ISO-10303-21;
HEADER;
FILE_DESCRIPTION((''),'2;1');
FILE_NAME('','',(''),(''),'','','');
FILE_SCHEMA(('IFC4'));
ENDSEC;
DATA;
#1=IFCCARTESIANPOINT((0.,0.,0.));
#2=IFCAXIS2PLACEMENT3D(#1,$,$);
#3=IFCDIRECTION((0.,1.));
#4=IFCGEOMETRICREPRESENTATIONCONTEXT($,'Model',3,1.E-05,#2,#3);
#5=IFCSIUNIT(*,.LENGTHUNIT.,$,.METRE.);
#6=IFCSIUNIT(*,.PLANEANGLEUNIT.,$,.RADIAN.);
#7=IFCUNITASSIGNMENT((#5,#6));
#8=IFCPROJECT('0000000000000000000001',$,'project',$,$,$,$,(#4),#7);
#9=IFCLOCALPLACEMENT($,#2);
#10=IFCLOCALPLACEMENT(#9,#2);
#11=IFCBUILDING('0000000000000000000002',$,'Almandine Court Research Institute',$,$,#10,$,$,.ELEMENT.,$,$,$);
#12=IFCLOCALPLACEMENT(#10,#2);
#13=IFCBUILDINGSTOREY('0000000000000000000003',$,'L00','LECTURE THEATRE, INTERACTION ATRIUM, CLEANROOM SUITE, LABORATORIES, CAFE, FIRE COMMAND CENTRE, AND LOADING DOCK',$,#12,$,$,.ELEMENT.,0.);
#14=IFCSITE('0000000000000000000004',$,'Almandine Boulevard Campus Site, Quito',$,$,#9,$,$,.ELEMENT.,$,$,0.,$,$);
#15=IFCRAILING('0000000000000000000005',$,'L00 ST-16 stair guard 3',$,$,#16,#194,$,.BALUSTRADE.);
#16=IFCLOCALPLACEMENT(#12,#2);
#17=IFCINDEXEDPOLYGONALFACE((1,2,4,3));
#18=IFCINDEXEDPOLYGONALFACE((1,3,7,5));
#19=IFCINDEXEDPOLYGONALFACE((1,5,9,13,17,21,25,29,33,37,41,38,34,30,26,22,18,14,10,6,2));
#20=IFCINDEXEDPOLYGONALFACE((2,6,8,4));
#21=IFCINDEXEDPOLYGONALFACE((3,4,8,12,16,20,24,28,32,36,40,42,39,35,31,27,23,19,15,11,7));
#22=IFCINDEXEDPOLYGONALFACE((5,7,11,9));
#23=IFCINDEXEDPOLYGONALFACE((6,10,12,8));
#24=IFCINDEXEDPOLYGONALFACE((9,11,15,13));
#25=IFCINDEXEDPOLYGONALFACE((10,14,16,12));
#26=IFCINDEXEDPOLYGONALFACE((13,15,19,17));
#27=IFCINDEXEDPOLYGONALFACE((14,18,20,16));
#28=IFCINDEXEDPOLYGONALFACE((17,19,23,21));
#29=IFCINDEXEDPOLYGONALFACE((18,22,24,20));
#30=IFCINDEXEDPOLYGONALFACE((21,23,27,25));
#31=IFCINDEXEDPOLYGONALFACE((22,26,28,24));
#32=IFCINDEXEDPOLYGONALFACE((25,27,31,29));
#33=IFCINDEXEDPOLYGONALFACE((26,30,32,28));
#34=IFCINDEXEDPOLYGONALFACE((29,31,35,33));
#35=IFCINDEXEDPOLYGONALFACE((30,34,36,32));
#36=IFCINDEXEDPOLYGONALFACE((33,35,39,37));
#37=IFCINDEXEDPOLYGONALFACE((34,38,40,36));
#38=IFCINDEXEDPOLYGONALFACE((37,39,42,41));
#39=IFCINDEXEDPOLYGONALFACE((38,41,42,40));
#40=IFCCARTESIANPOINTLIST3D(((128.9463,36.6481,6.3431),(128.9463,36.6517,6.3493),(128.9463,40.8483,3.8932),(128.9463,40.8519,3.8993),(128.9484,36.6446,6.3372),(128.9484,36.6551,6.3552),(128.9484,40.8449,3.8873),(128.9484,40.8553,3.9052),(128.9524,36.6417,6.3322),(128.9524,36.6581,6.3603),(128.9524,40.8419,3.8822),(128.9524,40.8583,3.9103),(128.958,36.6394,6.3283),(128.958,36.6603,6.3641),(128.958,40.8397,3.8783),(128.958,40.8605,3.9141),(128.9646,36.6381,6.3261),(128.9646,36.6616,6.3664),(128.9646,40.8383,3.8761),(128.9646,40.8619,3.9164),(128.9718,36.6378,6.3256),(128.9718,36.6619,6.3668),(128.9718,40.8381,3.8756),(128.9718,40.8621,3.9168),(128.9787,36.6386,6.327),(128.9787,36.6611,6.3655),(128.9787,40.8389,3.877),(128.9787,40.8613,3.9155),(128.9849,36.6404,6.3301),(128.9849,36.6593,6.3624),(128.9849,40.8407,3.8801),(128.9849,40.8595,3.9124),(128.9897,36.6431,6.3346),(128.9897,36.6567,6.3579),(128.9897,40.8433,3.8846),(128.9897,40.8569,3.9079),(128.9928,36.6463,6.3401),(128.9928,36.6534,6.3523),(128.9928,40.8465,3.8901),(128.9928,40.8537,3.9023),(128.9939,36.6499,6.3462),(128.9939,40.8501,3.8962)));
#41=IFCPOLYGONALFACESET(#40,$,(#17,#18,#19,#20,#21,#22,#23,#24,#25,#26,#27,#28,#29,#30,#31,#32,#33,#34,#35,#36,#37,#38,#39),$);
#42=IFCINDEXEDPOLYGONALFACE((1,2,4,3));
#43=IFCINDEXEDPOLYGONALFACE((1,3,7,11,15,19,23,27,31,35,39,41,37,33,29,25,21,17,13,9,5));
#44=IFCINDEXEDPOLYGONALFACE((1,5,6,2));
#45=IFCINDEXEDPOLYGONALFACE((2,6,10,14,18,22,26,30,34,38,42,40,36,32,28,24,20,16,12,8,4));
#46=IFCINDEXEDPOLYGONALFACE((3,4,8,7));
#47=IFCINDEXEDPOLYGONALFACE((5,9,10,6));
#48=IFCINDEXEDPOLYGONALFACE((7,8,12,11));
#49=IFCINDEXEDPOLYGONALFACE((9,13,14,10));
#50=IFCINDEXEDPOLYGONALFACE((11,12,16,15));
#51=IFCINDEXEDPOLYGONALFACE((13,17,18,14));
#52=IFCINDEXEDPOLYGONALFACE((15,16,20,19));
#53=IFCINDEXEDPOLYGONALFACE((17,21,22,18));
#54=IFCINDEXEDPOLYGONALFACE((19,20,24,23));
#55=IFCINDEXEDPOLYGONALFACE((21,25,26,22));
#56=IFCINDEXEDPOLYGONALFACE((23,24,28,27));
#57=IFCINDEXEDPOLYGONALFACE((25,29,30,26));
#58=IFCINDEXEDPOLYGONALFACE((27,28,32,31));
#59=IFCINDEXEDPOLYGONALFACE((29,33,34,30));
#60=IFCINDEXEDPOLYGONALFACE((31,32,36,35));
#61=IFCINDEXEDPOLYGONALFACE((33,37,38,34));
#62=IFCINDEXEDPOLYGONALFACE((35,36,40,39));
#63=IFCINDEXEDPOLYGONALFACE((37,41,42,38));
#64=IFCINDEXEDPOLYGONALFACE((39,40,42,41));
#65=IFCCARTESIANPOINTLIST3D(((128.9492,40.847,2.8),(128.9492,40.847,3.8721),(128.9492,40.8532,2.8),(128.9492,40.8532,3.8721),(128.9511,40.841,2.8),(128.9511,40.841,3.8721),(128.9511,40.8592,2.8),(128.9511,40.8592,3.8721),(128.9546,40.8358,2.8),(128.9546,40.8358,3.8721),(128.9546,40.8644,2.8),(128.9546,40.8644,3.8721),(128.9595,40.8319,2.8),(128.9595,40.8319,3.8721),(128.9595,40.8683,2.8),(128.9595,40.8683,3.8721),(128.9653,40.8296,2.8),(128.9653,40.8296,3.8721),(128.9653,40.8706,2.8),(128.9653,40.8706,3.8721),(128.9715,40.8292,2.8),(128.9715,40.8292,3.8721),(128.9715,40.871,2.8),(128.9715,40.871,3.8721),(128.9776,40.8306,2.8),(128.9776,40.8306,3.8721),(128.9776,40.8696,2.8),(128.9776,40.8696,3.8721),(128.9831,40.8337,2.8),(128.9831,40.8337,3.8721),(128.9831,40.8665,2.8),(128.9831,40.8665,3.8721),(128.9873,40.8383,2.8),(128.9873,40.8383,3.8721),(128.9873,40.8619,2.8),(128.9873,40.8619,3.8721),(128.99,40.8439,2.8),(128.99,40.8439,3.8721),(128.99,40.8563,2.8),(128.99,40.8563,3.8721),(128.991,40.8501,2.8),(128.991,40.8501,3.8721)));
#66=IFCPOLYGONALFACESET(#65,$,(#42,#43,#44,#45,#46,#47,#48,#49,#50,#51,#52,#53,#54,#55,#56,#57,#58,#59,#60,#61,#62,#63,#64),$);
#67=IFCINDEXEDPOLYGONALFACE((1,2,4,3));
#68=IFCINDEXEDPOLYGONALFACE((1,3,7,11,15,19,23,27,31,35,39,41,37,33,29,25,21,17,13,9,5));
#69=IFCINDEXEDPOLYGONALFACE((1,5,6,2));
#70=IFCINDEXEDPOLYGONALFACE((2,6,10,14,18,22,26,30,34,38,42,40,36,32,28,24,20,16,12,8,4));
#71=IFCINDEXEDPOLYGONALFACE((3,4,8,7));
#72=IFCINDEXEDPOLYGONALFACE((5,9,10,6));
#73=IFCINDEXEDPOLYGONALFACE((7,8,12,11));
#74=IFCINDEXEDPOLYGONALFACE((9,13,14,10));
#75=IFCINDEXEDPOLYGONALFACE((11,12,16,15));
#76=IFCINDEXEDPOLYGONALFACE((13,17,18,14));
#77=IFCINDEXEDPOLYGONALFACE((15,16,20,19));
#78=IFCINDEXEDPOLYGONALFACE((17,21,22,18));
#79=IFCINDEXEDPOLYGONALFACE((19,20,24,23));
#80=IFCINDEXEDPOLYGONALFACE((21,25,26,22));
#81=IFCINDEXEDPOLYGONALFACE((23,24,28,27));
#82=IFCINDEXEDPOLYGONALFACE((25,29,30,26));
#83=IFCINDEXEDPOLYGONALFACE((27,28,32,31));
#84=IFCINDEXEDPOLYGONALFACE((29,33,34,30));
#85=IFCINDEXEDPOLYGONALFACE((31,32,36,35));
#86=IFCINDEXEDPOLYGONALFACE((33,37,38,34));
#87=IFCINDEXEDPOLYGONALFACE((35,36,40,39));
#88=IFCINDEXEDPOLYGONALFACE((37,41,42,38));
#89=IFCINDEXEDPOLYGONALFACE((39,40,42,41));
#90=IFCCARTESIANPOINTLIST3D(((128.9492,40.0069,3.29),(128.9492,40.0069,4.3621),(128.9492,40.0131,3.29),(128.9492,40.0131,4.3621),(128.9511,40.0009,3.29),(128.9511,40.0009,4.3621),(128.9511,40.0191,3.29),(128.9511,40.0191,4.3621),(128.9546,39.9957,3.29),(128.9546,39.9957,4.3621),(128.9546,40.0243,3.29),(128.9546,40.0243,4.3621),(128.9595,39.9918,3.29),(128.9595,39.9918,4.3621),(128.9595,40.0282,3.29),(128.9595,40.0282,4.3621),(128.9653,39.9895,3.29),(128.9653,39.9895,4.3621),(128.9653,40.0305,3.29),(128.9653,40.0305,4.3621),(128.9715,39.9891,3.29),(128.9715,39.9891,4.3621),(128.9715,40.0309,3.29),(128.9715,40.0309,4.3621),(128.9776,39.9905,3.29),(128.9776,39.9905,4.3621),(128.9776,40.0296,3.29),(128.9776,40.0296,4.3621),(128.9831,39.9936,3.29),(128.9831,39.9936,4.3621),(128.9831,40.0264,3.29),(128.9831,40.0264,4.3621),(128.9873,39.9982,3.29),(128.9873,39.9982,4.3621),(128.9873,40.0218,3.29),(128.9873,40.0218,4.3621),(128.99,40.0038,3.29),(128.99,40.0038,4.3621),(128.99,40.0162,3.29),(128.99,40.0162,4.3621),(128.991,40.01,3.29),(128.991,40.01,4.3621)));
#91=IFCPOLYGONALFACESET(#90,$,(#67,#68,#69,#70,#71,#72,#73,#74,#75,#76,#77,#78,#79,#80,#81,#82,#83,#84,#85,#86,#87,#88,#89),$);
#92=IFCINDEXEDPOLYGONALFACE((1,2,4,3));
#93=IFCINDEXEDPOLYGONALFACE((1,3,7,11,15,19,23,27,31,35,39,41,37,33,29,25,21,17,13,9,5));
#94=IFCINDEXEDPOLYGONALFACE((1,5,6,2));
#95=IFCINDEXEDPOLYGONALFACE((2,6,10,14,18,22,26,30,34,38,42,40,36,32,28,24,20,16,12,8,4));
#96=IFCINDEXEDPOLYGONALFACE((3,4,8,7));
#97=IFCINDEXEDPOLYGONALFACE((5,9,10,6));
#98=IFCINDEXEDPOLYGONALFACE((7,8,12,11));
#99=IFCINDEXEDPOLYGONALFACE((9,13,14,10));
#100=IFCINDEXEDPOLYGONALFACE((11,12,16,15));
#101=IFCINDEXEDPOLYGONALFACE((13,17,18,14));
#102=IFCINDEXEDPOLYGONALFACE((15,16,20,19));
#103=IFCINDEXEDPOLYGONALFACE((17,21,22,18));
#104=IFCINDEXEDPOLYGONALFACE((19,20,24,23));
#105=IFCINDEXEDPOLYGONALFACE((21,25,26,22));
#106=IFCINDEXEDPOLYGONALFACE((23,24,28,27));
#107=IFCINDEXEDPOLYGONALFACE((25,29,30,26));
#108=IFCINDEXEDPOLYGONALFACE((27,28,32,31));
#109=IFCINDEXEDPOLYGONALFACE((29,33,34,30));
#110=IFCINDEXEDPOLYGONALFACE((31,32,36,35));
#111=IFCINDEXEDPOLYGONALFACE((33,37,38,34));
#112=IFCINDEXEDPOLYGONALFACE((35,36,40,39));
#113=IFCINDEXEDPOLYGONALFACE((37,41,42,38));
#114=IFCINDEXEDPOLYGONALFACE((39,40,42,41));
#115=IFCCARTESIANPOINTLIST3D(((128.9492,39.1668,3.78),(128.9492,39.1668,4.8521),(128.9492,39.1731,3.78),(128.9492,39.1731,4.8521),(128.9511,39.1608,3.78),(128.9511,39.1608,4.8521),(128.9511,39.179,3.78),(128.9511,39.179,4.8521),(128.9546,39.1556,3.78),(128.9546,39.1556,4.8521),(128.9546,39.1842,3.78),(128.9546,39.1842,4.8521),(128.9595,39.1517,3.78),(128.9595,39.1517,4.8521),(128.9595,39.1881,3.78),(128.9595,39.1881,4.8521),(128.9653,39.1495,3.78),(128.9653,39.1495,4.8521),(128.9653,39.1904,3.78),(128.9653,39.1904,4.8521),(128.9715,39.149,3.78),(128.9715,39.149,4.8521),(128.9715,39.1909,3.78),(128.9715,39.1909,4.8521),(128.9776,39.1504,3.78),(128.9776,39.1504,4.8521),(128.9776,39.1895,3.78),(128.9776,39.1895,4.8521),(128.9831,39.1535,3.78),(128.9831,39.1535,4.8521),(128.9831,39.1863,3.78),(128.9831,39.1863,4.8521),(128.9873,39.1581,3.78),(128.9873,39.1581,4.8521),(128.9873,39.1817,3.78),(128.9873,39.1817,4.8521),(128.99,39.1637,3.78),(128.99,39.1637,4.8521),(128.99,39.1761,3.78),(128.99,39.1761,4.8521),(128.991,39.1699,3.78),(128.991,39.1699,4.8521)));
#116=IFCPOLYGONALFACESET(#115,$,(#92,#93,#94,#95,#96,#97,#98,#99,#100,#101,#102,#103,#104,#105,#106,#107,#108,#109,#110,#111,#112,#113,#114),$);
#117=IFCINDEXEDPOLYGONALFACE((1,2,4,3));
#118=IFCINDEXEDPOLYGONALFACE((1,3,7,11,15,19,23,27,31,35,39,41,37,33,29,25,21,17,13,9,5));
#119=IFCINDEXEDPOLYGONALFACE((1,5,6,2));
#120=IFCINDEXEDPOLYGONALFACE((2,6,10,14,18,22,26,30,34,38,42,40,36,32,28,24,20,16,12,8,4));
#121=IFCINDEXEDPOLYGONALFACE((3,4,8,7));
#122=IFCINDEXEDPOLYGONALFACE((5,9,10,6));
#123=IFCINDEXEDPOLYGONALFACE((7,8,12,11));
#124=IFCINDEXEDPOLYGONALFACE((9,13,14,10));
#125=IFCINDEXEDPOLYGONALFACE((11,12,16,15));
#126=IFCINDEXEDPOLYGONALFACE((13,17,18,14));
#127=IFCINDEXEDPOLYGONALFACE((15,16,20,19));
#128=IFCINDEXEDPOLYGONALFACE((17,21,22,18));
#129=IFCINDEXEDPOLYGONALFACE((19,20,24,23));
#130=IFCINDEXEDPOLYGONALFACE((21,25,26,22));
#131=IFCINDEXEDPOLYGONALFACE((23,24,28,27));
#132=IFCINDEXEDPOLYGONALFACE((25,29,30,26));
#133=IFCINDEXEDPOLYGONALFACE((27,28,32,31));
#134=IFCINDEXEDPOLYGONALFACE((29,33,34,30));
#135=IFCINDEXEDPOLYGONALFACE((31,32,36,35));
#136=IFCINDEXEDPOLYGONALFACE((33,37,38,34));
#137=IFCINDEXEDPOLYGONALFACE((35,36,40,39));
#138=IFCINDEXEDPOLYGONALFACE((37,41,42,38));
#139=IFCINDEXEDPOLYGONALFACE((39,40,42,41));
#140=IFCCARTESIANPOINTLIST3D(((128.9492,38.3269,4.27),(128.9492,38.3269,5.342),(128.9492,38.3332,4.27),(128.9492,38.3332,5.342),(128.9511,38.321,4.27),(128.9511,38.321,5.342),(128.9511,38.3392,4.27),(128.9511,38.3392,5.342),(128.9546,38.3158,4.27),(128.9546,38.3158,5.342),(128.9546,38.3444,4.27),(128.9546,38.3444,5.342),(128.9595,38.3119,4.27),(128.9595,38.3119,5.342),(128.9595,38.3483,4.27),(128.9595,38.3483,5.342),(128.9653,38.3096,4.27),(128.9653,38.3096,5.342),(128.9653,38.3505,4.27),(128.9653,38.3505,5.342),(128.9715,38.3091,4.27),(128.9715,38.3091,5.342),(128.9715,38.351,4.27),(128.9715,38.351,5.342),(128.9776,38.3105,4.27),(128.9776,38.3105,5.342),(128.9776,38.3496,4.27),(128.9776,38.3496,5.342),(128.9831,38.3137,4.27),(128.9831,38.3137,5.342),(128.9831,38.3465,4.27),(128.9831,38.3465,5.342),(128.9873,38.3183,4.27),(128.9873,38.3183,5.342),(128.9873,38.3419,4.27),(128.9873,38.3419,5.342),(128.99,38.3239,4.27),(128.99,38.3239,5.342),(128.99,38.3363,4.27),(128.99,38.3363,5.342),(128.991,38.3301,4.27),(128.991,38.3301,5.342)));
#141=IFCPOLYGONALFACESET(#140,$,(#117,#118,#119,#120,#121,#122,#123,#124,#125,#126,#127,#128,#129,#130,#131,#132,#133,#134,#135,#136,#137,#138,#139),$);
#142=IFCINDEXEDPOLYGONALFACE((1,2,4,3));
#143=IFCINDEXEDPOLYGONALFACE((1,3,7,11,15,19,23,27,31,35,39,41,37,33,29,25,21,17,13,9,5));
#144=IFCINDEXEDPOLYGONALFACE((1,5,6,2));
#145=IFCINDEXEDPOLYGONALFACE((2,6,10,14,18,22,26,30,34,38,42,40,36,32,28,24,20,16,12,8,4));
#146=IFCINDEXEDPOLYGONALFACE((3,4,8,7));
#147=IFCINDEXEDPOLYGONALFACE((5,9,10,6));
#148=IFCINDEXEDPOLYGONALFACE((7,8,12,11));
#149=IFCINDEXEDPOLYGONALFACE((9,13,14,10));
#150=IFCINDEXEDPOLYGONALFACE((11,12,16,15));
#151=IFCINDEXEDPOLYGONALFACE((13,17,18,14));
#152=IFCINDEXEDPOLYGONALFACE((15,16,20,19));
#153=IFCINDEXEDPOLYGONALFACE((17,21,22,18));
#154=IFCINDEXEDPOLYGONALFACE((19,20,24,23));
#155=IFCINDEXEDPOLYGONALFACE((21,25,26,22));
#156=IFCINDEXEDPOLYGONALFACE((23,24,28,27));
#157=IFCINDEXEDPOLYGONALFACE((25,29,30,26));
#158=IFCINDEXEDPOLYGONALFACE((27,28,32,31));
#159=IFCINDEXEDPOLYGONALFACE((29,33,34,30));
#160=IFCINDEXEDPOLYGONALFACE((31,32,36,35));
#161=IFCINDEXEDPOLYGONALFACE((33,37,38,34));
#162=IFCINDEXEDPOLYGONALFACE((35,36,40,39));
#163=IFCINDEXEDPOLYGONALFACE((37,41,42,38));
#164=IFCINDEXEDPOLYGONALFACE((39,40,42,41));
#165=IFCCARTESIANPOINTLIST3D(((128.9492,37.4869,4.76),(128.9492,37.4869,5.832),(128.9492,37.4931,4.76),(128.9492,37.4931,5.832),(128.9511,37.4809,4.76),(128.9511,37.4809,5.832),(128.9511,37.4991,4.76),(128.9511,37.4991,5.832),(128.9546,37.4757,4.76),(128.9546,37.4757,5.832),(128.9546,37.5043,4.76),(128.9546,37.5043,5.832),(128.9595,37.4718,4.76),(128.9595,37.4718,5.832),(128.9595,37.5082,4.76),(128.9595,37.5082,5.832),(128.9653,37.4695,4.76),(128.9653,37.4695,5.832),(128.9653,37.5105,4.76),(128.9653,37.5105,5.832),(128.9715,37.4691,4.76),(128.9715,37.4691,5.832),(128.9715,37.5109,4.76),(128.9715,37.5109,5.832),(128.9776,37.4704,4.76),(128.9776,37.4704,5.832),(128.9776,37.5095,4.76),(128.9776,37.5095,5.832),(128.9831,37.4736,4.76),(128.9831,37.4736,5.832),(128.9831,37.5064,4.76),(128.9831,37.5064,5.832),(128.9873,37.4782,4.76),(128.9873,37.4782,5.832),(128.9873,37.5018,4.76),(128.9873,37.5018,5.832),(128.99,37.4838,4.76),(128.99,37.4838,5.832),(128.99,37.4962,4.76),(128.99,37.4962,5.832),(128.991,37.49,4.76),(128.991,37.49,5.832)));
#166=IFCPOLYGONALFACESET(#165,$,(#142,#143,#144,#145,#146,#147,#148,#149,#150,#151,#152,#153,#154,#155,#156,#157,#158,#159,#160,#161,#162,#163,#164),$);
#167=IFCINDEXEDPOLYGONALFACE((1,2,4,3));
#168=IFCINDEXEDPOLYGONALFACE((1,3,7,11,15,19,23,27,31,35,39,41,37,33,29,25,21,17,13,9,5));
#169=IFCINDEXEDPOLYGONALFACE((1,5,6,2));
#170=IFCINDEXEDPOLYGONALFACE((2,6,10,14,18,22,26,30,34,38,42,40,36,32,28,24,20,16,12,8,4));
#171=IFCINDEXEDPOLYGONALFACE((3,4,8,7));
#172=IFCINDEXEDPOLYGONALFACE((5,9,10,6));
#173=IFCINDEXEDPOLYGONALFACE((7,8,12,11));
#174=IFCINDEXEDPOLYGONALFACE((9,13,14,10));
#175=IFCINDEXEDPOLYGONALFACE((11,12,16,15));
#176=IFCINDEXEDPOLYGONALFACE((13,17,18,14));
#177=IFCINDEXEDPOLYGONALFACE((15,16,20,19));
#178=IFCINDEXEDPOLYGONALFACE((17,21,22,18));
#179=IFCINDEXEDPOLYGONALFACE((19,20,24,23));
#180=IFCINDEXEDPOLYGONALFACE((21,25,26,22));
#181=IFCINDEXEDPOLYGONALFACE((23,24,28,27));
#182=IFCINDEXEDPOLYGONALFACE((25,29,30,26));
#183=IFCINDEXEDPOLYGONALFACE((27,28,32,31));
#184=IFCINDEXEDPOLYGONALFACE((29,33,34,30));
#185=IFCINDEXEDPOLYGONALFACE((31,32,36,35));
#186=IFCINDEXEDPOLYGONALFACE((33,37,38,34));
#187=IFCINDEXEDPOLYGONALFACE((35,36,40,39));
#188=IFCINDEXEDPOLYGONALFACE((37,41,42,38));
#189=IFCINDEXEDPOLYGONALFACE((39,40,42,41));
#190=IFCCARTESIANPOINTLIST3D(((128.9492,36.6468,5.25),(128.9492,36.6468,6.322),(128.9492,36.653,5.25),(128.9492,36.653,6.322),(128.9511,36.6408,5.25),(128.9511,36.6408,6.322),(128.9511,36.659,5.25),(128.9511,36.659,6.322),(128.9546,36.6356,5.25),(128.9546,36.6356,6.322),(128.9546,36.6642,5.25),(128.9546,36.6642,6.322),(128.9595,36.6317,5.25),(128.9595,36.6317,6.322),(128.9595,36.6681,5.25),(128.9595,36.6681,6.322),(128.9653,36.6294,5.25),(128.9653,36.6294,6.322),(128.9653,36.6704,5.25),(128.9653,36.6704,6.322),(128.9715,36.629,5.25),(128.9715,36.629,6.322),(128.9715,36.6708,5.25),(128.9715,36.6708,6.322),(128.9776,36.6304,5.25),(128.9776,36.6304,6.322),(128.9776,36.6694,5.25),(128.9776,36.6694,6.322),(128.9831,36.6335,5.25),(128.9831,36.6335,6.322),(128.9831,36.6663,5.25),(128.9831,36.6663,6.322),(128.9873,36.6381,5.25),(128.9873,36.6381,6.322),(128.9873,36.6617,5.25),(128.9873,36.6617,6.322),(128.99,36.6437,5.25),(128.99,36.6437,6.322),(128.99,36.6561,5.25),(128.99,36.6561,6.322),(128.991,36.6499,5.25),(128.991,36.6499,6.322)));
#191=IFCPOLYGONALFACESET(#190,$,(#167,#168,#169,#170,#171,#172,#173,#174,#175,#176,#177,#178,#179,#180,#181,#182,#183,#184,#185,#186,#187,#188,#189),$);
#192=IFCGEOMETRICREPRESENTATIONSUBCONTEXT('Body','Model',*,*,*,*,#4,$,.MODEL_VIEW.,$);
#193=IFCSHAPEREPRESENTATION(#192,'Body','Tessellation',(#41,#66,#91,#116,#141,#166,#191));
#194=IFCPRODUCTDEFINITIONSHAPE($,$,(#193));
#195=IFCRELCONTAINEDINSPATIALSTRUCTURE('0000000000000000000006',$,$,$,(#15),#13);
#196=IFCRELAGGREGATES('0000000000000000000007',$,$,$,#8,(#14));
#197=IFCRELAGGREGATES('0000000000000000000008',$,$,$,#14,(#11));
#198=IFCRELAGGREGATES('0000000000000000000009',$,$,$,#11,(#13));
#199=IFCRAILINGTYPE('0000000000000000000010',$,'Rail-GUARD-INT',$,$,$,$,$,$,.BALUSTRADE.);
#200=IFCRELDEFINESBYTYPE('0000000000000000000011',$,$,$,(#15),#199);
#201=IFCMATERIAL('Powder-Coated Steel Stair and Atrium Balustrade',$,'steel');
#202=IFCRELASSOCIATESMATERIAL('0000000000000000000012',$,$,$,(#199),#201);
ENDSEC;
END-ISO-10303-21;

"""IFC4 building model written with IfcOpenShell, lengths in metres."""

from ifc_helpers import new_model, si_unit, direction, frame, origin, origin_2d, place, context, subcontext, project, spatial, circle, extrude, material, type_object, element, save


model = new_model("IFC4")

# Units and contexts
model_context = context("Model", 3, precision=1e-05, world=origin(), true_north=direction((0.0, 1.0)))
body_context = subcontext(model_context, "Body", "Model", "MODEL_VIEW")
ifc_project = project(units=[si_unit("LENGTHUNIT", "METRE"), si_unit("PLANEANGLEUNIT", "RADIAN")], contexts=[model_context])

# Site, building, storey
site_placement = place(None, origin())
site = spatial("IfcSite", under=ifc_project, at=site_placement, Name="Almandine Boulevard Campus Site, Quito", CompositionType="ELEMENT", RefElevation=0.0)
building_placement = place(site_placement, origin())
building = spatial("IfcBuilding", under=site, at=building_placement, Name="Almandine Court Research Institute", CompositionType="ELEMENT")
storey_placement = place(building_placement, origin())
storey = spatial("IfcBuildingStorey", under=building, at=storey_placement, Name="L00", Description="LECTURE THEATRE, INTERACTION ATRIUM, CLEANROOM SUITE, LABORATORIES, CAFE, FIRE COMMAND CENTRE, AND LOADING DOCK", CompositionType="ELEMENT", Elevation=0.0)

# Railing
ifc_material_1 = material(Name="Powder-Coated Steel Stair and Atrium Balustrade", Category="steel")
railing_type_1 = type_object("IfcRailingType", Name="Rail-GUARD-INT", PredefinedType="BALUSTRADE", material=ifc_material_1)
railing_1_placement = place(storey_placement, frame((128.97, 40.8501, 2.8)))
element("IfcRailing", 1, at=railing_1_placement, inside=storey, type_object=railing_type_1, Name="L00 ST-16 stair guard 3", PredefinedType="BALUSTRADE", context=body_context, shape_type="SweptSolid", body=[
    extrude(circle(Radius=0.0239, at=origin_2d()), frame((0.0, 0.0, 1.0962), z_axis=(0.0, -0.863793, 0.503846), x_axis=(1.0, 0.0, 0.0)), (0.0, 0.0, 1.0), 4.8625),
    extrude(circle(Radius=0.021, at=origin_2d()), origin(), (0.0, 0.0, 1.0), 1.072),
    extrude(circle(Radius=0.021, at=origin_2d()), frame((0.0, -0.8401, 0.49)), (0.0, 0.0, 1.0), 1.072),
    extrude(circle(Radius=0.021, at=origin_2d()), frame((0.0, -1.6802, 0.98)), (0.0, 0.0, 1.0), 1.072),
    extrude(circle(Radius=0.021, at=origin_2d()), frame((0.0, -2.52, 1.47)), (0.0, 0.0, 1.0), 1.072),
    extrude(circle(Radius=0.021, at=origin_2d()), frame((0.0, -3.3601, 1.96)), (0.0, 0.0, 1.0), 1.072),
    extrude(circle(Radius=0.021, at=origin_2d()), frame((0.0, -4.2002, 2.45)), (0.0, 0.0, 1.0), 1.072),
])

save(model, "model.ifc")
